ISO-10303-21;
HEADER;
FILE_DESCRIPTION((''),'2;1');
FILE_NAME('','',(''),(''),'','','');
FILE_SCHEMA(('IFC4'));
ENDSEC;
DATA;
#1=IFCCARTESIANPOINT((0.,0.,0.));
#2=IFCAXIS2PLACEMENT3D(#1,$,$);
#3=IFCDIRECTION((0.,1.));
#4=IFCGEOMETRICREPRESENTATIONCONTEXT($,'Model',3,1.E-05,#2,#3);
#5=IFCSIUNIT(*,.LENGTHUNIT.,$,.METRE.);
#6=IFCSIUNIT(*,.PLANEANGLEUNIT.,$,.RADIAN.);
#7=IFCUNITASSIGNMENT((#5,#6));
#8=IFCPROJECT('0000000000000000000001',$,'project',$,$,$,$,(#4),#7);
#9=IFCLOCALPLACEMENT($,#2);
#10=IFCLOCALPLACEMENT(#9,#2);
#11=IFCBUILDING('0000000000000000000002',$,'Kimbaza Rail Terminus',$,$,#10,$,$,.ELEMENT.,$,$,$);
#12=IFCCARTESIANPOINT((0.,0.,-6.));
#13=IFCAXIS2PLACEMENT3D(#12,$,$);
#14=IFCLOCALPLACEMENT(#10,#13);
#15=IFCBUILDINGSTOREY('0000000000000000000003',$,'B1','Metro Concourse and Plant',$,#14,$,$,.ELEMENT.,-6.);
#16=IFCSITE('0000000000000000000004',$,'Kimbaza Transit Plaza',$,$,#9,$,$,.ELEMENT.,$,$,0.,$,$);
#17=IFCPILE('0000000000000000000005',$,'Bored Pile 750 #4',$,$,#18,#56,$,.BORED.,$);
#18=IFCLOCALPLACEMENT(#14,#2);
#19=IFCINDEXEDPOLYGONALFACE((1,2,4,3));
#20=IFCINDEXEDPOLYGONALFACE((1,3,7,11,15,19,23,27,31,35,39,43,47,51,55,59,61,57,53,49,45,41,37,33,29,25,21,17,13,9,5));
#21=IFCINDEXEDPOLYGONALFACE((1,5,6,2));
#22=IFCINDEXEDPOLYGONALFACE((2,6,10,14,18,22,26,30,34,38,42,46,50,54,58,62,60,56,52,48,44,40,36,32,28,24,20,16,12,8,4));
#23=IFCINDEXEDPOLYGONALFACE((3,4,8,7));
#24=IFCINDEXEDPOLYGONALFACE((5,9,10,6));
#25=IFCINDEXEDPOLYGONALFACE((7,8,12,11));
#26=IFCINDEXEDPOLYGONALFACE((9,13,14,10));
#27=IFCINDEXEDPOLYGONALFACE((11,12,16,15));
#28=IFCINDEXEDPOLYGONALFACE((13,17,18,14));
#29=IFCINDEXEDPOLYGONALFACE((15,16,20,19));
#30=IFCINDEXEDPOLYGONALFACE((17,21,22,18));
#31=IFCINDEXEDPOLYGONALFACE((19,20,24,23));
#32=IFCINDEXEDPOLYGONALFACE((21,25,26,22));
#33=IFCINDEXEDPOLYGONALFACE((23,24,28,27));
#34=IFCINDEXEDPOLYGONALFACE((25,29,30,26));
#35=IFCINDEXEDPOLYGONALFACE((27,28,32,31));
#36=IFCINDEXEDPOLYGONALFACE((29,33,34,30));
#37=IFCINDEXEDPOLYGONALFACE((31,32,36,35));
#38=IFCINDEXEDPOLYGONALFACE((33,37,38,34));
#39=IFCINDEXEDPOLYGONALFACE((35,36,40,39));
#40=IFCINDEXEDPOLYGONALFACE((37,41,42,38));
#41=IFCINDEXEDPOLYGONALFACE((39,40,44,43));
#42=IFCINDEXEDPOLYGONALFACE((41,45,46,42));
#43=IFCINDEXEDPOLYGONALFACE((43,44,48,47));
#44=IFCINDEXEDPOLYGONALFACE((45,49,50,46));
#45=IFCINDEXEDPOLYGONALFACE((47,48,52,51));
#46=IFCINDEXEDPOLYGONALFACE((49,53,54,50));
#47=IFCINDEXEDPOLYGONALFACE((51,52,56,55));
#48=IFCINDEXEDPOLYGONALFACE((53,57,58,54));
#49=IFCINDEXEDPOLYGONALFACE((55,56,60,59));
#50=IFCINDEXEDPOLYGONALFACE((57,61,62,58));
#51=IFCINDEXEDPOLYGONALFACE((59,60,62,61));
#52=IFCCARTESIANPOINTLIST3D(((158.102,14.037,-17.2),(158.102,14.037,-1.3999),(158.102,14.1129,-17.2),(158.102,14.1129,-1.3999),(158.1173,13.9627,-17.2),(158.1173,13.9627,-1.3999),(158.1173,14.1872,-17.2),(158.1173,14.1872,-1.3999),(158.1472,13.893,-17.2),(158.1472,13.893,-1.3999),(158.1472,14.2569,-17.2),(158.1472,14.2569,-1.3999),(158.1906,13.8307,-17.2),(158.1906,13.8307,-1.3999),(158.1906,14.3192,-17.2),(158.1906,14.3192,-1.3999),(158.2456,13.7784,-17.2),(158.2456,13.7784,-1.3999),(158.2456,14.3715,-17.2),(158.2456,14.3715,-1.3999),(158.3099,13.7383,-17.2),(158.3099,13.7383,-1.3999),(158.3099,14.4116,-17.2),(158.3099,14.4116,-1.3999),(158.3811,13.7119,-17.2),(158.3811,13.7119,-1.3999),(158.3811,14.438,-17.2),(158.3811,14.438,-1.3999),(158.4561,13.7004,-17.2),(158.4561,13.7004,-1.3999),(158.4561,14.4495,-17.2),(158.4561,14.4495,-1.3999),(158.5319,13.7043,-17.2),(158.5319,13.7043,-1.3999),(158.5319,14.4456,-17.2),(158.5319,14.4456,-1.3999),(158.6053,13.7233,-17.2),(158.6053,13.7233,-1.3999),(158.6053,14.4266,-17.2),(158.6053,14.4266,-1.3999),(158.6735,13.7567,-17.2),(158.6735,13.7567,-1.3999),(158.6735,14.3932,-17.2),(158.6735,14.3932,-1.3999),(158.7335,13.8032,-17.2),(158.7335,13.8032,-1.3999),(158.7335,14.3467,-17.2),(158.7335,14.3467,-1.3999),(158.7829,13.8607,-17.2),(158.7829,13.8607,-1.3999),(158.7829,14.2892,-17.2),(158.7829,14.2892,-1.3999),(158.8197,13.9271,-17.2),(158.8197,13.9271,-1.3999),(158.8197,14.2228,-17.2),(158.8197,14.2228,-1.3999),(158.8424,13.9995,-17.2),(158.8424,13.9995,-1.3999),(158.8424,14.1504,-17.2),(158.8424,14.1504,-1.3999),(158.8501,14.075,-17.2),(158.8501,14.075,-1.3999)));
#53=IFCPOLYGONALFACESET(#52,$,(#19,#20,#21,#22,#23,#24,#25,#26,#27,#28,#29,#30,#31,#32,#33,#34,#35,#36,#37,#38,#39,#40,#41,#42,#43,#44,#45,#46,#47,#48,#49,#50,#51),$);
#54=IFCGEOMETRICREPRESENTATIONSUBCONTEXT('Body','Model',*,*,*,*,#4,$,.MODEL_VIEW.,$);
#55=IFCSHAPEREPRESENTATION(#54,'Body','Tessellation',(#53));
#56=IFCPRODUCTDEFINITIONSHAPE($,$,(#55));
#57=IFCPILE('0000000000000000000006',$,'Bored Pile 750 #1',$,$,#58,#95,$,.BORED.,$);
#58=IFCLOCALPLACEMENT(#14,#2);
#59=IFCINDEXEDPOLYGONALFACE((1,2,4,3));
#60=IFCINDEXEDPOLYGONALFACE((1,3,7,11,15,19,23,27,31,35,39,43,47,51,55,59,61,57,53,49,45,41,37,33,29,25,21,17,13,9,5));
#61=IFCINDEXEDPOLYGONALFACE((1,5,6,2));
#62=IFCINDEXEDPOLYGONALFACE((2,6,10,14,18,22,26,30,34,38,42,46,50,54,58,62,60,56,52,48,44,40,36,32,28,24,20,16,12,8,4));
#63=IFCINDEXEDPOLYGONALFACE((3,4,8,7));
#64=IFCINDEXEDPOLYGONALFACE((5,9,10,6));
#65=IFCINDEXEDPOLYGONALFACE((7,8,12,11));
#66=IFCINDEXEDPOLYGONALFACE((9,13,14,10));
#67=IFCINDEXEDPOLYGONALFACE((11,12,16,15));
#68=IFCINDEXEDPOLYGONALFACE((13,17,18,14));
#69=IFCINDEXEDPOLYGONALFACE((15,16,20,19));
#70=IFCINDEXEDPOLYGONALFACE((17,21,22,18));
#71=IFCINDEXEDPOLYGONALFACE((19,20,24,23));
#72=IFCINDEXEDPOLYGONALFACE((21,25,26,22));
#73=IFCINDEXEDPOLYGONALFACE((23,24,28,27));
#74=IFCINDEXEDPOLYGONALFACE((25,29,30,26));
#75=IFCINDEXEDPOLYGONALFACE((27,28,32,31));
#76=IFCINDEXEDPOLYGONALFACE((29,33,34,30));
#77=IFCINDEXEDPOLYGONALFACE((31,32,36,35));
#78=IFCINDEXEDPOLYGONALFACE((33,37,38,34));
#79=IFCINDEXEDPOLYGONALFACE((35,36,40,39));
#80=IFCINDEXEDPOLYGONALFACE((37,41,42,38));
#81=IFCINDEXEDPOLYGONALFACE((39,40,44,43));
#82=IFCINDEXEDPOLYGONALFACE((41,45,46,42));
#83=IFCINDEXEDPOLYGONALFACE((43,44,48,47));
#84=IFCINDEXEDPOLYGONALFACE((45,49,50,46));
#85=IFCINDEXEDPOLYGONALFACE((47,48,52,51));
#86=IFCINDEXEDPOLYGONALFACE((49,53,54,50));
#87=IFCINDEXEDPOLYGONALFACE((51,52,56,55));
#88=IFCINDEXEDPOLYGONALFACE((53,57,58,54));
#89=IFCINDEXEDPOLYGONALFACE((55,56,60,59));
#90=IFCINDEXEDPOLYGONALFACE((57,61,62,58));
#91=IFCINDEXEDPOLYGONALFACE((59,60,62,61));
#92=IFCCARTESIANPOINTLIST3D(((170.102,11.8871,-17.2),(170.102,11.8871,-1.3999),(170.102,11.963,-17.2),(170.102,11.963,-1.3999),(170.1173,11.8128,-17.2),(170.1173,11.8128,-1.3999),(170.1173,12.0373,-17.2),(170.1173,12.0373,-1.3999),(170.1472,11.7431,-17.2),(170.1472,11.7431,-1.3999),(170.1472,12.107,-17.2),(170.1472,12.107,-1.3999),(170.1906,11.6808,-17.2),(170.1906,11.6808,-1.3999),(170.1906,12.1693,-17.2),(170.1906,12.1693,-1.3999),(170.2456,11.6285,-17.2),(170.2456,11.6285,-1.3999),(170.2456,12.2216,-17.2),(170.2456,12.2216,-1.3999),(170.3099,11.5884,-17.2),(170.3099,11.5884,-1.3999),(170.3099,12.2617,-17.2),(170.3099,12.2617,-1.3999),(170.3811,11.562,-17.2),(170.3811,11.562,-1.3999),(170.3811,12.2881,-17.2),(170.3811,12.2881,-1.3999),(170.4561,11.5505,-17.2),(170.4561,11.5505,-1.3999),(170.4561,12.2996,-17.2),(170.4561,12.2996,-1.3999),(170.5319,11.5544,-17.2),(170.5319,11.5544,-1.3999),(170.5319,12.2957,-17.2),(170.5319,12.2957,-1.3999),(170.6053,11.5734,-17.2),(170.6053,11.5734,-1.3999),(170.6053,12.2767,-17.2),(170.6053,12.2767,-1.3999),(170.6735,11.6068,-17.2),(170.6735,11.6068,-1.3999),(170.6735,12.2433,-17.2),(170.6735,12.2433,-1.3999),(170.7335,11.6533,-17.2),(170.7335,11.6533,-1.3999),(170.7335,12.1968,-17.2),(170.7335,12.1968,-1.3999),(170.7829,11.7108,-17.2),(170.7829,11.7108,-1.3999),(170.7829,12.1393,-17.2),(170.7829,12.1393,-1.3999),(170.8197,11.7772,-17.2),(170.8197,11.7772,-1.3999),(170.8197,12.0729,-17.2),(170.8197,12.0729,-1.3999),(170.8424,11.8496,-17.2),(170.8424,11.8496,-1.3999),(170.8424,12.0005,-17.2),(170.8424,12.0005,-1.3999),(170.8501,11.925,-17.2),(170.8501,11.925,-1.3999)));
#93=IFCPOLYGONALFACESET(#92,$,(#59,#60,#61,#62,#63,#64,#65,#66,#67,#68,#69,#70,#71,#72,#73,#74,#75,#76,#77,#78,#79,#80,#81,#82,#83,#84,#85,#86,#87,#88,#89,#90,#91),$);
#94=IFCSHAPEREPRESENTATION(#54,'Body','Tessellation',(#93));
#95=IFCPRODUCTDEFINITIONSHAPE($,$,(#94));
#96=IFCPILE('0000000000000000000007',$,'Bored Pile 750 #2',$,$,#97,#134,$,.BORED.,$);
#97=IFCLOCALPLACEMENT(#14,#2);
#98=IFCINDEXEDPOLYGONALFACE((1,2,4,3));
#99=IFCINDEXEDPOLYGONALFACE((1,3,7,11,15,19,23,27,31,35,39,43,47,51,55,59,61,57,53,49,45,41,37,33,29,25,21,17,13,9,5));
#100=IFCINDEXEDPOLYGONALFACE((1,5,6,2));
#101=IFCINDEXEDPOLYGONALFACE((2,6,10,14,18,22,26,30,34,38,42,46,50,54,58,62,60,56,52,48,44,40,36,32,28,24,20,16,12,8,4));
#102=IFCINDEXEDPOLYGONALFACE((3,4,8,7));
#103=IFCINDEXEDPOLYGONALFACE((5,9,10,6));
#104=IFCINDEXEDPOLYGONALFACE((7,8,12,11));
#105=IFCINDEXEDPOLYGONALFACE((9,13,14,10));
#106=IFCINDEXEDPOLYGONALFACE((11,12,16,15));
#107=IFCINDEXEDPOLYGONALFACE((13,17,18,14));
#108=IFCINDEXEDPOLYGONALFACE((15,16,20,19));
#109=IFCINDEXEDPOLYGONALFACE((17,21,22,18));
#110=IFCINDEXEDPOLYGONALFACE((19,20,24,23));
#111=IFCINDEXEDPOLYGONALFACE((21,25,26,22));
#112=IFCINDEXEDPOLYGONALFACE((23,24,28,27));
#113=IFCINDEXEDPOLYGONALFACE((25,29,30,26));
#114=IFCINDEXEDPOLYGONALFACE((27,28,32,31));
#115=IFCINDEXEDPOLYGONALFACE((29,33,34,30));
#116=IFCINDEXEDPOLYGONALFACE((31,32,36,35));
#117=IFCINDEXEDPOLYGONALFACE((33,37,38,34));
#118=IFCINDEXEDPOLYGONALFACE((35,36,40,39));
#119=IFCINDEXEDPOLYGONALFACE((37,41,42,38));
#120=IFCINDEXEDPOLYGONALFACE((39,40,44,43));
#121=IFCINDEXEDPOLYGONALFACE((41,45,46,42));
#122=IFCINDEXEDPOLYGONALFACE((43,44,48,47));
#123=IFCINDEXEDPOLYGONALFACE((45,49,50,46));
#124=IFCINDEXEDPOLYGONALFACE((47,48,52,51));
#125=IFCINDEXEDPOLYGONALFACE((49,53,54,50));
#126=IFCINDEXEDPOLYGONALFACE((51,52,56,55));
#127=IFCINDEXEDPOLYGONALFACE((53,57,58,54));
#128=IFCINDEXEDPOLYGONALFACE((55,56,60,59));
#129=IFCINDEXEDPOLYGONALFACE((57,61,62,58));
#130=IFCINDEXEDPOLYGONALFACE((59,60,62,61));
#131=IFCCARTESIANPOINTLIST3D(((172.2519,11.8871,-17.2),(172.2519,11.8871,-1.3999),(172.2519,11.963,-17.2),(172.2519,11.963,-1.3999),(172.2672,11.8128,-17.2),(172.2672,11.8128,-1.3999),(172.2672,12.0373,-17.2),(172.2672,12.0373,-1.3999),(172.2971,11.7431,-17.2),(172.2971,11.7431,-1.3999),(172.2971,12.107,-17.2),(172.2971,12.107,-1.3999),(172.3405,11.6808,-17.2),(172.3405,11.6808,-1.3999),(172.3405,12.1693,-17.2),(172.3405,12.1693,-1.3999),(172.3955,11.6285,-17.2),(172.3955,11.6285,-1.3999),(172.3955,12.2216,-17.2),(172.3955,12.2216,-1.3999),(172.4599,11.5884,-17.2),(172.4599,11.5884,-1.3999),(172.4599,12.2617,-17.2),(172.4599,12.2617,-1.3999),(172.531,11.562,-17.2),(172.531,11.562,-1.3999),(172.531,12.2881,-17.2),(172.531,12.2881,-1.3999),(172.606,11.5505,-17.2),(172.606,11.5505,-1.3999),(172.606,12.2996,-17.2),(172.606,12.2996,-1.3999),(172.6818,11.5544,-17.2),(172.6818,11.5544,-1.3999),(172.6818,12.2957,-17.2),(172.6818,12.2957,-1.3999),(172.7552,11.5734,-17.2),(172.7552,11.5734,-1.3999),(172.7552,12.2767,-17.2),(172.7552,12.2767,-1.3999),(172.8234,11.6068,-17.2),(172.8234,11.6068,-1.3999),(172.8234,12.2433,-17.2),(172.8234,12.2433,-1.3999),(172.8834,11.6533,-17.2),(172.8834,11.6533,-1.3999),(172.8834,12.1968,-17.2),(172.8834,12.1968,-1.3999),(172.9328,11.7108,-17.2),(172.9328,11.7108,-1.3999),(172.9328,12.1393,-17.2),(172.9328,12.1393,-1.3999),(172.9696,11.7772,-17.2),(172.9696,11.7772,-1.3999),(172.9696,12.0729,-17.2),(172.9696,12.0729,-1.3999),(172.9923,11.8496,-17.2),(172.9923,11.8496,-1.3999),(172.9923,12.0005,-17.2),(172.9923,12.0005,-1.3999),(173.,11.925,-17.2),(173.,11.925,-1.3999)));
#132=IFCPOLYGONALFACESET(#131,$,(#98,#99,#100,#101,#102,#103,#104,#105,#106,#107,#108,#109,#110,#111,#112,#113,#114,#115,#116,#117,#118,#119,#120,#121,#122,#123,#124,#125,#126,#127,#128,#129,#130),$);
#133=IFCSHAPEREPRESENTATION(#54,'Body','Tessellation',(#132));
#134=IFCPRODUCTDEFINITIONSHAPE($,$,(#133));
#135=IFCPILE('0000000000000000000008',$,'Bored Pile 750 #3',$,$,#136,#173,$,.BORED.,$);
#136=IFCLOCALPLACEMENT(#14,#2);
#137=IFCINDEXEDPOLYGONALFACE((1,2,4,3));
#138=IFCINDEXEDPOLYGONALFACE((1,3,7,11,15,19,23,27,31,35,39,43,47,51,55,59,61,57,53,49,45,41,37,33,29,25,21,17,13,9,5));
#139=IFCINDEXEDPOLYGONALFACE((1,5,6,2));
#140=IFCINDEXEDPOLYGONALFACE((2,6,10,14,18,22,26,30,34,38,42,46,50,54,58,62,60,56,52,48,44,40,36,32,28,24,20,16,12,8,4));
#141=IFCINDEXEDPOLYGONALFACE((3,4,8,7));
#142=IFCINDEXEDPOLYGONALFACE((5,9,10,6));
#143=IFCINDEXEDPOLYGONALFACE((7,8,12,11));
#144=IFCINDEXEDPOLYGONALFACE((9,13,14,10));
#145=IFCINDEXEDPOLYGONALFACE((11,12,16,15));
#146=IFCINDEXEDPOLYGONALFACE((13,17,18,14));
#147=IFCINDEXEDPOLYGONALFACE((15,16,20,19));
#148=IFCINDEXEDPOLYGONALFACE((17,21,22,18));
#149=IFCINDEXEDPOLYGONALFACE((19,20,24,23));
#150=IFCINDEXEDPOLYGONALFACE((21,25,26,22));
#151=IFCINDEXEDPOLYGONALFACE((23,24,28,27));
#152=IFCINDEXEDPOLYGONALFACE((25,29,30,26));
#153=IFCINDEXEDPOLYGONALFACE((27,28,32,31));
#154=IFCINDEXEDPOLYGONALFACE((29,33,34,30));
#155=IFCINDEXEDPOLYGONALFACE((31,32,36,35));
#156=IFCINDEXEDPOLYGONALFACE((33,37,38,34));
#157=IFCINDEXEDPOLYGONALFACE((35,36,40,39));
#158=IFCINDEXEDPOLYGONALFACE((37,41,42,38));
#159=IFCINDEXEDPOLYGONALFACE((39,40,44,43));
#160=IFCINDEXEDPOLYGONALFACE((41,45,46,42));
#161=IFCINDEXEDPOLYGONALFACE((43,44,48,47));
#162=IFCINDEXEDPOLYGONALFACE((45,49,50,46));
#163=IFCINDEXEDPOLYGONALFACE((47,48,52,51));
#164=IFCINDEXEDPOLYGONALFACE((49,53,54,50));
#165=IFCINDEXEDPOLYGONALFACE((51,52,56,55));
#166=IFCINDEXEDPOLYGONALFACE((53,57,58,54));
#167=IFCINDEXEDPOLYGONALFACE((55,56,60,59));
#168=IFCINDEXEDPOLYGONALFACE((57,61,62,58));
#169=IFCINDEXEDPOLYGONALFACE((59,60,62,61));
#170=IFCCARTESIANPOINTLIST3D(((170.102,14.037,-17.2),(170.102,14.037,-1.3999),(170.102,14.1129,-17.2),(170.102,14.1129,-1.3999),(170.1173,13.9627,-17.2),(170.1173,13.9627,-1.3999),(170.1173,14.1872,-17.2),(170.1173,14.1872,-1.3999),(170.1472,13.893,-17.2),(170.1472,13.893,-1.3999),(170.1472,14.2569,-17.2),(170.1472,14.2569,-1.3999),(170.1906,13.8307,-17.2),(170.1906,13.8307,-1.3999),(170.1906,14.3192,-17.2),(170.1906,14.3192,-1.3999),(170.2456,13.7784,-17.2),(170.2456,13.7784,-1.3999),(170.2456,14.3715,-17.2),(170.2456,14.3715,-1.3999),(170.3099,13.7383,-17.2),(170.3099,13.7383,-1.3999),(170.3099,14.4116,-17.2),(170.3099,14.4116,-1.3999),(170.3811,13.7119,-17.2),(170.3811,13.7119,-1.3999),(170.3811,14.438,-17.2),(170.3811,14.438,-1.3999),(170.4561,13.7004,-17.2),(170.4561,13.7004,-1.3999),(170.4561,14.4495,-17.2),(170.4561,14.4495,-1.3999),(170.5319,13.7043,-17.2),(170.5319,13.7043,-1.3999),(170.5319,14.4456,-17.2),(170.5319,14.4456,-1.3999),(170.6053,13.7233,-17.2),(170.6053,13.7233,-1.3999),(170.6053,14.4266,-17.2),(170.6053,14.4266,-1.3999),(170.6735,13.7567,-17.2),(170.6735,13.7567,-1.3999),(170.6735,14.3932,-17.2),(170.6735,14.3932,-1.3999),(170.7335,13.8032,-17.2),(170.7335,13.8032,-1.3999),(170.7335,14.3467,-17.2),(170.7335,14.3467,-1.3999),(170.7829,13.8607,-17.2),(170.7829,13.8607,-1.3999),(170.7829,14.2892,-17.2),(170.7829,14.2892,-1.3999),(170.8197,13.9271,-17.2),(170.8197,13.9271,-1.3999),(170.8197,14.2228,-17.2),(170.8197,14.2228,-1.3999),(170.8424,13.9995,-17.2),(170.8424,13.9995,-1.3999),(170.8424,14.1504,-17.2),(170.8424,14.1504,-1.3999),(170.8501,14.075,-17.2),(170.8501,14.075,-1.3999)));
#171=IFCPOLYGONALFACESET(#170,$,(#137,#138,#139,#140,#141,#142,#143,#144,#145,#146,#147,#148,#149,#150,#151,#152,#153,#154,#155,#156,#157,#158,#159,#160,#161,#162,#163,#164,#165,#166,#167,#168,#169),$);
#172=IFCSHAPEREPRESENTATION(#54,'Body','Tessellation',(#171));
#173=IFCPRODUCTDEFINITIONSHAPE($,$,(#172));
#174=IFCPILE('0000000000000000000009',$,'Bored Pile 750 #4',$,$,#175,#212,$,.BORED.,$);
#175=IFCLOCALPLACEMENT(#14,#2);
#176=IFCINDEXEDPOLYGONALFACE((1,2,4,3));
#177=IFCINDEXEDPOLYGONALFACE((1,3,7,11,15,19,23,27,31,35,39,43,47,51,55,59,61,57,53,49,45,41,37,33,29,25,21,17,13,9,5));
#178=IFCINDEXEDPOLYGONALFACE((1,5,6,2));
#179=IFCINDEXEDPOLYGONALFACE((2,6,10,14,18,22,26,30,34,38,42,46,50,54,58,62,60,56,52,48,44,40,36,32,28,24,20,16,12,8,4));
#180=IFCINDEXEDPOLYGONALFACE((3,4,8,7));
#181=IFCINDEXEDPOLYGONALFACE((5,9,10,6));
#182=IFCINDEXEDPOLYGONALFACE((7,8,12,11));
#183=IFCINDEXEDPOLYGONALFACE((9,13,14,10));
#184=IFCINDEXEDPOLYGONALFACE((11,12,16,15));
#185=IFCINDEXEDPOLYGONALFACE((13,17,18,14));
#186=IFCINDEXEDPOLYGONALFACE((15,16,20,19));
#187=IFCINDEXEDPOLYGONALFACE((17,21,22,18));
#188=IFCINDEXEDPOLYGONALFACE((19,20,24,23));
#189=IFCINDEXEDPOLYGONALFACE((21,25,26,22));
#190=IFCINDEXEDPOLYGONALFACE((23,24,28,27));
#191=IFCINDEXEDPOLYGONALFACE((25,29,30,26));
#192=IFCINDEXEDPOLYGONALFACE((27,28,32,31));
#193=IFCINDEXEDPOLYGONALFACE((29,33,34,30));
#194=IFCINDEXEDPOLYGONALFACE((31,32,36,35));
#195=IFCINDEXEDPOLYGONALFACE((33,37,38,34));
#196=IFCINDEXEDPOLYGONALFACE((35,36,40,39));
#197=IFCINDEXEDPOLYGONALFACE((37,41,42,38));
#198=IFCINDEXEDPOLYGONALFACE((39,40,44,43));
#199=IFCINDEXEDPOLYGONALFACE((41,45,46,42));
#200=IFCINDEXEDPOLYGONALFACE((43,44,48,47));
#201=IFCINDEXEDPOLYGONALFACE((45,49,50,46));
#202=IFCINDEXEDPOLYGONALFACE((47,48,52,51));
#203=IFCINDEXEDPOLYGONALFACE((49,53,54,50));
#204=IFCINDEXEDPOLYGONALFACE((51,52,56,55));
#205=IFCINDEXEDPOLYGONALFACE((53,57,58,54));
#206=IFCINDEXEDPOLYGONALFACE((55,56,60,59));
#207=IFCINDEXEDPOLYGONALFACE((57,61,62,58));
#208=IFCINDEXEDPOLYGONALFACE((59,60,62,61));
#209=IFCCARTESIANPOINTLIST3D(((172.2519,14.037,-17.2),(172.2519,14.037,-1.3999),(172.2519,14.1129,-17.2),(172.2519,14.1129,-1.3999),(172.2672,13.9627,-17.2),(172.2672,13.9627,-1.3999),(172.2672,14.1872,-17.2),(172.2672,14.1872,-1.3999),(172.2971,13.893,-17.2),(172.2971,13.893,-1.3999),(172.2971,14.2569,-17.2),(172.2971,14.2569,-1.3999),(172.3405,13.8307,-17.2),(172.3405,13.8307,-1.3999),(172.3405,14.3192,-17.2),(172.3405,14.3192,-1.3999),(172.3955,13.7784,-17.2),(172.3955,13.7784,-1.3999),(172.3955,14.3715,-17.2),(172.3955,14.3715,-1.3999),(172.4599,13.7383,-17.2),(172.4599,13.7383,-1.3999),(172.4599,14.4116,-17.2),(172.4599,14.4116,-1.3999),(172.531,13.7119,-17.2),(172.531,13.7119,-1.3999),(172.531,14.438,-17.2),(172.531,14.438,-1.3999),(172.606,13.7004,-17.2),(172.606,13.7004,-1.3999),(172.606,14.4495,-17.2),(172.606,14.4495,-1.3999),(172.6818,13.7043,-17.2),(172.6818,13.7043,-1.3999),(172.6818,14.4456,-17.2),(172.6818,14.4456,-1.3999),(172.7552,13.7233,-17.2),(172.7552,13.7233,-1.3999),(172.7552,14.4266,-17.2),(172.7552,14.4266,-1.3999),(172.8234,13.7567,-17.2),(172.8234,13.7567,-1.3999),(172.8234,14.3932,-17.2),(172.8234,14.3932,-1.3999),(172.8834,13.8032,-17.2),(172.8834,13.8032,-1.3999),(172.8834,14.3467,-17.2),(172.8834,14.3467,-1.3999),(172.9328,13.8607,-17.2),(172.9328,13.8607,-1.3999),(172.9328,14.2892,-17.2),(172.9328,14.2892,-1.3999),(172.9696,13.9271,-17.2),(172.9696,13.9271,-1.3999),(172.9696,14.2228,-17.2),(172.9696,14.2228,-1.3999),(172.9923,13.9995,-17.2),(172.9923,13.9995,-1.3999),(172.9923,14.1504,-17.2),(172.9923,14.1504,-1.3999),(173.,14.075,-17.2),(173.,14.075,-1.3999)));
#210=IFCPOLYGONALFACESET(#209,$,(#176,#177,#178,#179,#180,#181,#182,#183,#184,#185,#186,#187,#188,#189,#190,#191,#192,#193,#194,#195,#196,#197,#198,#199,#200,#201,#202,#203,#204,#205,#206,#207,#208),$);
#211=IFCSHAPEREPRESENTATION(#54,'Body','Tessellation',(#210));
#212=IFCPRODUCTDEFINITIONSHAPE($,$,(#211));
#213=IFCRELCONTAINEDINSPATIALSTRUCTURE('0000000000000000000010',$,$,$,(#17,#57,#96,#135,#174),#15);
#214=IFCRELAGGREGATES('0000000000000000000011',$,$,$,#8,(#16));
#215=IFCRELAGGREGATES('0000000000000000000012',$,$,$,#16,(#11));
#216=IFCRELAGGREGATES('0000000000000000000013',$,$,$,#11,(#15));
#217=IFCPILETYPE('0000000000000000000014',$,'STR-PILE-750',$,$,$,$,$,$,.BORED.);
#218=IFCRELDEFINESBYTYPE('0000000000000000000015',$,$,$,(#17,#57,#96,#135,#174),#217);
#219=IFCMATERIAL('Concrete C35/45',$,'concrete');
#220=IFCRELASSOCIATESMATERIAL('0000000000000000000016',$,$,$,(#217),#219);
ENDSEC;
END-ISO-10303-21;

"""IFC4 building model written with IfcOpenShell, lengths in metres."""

from ifc_helpers import new_model, si_unit, direction, frame, origin, origin_2d, place, context, subcontext, project, spatial, circle, extrude, material, material_profile, profile_set, type_object, element, save


model = new_model("IFC4")

# Units and contexts
model_context = context("Model", 3, precision=1e-05, world=origin(), true_north=direction((0.0, 1.0)))
body_context = subcontext(model_context, "Body", "Model", "MODEL_VIEW")
ifc_project = project(units=[si_unit("LENGTHUNIT", "METRE"), si_unit("PLANEANGLEUNIT", "RADIAN")], contexts=[model_context])

# Site, building, storey
site_placement = place(None, origin())
site = spatial("IfcSite", under=ifc_project, at=site_placement, Name="Kimbaza Transit Plaza", CompositionType="ELEMENT", RefElevation=0.0)
building_placement = place(site_placement, origin())
building = spatial("IfcBuilding", under=site, at=building_placement, Name="Kimbaza Rail Terminus", CompositionType="ELEMENT")
storey_placement = place(building_placement, frame((0.0, 0.0, -6.0)))
storey = spatial("IfcBuildingStorey", under=building, at=storey_placement, Name="B1", Description="Metro Concourse and Plant", CompositionType="ELEMENT", Elevation=-6.0)

# Piles
ifc_material_1 = material(Name="Concrete C35/45", Category="concrete")
ifc_material_profile_1 = material_profile(ifc_material_1, circle(Radius=0.375, at=origin_2d()), Name="BORED PILE 750")
ifc_profile_set_1 = profile_set([ifc_material_profile_1], Name="Concrete C35/45")
pile_type_1 = type_object("IfcPileType", Name="STR-PILE-750", PredefinedType="BORED", material=ifc_profile_set_1)
for number, where, z_axis, x_axis, name in (
    (1, (158.4751, 14.075, -1.3999), (0.0, 0.0, -1.0), (1.0, 0.0, 0.0), "Bored Pile 750 #4"),
    (2, (170.4751, 11.925, -1.3999), (0.0, 0.0, -1.0), (1.0, 0.0, 0.0), "Bored Pile 750 #1"),
    (3, (172.625, 11.925, -1.3999), (0.0, 0.0, -1.0), (1.0, 0.0, 0.0), "Bored Pile 750 #2"),
    (4, (170.4751, 14.075, -1.3999), (0.0, 0.0, -1.0), (1.0, 0.0, 0.0), "Bored Pile 750 #3"),
    (5, (172.625, 14.075, -1.3999), (0.0, 0.0, -1.0), (1.0, 0.0, 0.0), "Bored Pile 750 #4"),
):
    element("IfcPile", number, at=place(storey_placement, frame(where, z_axis=z_axis, x_axis=x_axis)), inside=storey, type_object=pile_type_1, Name=name, PredefinedType="BORED", context=body_context, shape_type="SweptSolid", body=[
        extrude(circle(Radius=0.375, at=origin_2d()), origin(), (0.0, 0.0, 1.0), 15.8),
    ])

save(model, "model.ifc")
